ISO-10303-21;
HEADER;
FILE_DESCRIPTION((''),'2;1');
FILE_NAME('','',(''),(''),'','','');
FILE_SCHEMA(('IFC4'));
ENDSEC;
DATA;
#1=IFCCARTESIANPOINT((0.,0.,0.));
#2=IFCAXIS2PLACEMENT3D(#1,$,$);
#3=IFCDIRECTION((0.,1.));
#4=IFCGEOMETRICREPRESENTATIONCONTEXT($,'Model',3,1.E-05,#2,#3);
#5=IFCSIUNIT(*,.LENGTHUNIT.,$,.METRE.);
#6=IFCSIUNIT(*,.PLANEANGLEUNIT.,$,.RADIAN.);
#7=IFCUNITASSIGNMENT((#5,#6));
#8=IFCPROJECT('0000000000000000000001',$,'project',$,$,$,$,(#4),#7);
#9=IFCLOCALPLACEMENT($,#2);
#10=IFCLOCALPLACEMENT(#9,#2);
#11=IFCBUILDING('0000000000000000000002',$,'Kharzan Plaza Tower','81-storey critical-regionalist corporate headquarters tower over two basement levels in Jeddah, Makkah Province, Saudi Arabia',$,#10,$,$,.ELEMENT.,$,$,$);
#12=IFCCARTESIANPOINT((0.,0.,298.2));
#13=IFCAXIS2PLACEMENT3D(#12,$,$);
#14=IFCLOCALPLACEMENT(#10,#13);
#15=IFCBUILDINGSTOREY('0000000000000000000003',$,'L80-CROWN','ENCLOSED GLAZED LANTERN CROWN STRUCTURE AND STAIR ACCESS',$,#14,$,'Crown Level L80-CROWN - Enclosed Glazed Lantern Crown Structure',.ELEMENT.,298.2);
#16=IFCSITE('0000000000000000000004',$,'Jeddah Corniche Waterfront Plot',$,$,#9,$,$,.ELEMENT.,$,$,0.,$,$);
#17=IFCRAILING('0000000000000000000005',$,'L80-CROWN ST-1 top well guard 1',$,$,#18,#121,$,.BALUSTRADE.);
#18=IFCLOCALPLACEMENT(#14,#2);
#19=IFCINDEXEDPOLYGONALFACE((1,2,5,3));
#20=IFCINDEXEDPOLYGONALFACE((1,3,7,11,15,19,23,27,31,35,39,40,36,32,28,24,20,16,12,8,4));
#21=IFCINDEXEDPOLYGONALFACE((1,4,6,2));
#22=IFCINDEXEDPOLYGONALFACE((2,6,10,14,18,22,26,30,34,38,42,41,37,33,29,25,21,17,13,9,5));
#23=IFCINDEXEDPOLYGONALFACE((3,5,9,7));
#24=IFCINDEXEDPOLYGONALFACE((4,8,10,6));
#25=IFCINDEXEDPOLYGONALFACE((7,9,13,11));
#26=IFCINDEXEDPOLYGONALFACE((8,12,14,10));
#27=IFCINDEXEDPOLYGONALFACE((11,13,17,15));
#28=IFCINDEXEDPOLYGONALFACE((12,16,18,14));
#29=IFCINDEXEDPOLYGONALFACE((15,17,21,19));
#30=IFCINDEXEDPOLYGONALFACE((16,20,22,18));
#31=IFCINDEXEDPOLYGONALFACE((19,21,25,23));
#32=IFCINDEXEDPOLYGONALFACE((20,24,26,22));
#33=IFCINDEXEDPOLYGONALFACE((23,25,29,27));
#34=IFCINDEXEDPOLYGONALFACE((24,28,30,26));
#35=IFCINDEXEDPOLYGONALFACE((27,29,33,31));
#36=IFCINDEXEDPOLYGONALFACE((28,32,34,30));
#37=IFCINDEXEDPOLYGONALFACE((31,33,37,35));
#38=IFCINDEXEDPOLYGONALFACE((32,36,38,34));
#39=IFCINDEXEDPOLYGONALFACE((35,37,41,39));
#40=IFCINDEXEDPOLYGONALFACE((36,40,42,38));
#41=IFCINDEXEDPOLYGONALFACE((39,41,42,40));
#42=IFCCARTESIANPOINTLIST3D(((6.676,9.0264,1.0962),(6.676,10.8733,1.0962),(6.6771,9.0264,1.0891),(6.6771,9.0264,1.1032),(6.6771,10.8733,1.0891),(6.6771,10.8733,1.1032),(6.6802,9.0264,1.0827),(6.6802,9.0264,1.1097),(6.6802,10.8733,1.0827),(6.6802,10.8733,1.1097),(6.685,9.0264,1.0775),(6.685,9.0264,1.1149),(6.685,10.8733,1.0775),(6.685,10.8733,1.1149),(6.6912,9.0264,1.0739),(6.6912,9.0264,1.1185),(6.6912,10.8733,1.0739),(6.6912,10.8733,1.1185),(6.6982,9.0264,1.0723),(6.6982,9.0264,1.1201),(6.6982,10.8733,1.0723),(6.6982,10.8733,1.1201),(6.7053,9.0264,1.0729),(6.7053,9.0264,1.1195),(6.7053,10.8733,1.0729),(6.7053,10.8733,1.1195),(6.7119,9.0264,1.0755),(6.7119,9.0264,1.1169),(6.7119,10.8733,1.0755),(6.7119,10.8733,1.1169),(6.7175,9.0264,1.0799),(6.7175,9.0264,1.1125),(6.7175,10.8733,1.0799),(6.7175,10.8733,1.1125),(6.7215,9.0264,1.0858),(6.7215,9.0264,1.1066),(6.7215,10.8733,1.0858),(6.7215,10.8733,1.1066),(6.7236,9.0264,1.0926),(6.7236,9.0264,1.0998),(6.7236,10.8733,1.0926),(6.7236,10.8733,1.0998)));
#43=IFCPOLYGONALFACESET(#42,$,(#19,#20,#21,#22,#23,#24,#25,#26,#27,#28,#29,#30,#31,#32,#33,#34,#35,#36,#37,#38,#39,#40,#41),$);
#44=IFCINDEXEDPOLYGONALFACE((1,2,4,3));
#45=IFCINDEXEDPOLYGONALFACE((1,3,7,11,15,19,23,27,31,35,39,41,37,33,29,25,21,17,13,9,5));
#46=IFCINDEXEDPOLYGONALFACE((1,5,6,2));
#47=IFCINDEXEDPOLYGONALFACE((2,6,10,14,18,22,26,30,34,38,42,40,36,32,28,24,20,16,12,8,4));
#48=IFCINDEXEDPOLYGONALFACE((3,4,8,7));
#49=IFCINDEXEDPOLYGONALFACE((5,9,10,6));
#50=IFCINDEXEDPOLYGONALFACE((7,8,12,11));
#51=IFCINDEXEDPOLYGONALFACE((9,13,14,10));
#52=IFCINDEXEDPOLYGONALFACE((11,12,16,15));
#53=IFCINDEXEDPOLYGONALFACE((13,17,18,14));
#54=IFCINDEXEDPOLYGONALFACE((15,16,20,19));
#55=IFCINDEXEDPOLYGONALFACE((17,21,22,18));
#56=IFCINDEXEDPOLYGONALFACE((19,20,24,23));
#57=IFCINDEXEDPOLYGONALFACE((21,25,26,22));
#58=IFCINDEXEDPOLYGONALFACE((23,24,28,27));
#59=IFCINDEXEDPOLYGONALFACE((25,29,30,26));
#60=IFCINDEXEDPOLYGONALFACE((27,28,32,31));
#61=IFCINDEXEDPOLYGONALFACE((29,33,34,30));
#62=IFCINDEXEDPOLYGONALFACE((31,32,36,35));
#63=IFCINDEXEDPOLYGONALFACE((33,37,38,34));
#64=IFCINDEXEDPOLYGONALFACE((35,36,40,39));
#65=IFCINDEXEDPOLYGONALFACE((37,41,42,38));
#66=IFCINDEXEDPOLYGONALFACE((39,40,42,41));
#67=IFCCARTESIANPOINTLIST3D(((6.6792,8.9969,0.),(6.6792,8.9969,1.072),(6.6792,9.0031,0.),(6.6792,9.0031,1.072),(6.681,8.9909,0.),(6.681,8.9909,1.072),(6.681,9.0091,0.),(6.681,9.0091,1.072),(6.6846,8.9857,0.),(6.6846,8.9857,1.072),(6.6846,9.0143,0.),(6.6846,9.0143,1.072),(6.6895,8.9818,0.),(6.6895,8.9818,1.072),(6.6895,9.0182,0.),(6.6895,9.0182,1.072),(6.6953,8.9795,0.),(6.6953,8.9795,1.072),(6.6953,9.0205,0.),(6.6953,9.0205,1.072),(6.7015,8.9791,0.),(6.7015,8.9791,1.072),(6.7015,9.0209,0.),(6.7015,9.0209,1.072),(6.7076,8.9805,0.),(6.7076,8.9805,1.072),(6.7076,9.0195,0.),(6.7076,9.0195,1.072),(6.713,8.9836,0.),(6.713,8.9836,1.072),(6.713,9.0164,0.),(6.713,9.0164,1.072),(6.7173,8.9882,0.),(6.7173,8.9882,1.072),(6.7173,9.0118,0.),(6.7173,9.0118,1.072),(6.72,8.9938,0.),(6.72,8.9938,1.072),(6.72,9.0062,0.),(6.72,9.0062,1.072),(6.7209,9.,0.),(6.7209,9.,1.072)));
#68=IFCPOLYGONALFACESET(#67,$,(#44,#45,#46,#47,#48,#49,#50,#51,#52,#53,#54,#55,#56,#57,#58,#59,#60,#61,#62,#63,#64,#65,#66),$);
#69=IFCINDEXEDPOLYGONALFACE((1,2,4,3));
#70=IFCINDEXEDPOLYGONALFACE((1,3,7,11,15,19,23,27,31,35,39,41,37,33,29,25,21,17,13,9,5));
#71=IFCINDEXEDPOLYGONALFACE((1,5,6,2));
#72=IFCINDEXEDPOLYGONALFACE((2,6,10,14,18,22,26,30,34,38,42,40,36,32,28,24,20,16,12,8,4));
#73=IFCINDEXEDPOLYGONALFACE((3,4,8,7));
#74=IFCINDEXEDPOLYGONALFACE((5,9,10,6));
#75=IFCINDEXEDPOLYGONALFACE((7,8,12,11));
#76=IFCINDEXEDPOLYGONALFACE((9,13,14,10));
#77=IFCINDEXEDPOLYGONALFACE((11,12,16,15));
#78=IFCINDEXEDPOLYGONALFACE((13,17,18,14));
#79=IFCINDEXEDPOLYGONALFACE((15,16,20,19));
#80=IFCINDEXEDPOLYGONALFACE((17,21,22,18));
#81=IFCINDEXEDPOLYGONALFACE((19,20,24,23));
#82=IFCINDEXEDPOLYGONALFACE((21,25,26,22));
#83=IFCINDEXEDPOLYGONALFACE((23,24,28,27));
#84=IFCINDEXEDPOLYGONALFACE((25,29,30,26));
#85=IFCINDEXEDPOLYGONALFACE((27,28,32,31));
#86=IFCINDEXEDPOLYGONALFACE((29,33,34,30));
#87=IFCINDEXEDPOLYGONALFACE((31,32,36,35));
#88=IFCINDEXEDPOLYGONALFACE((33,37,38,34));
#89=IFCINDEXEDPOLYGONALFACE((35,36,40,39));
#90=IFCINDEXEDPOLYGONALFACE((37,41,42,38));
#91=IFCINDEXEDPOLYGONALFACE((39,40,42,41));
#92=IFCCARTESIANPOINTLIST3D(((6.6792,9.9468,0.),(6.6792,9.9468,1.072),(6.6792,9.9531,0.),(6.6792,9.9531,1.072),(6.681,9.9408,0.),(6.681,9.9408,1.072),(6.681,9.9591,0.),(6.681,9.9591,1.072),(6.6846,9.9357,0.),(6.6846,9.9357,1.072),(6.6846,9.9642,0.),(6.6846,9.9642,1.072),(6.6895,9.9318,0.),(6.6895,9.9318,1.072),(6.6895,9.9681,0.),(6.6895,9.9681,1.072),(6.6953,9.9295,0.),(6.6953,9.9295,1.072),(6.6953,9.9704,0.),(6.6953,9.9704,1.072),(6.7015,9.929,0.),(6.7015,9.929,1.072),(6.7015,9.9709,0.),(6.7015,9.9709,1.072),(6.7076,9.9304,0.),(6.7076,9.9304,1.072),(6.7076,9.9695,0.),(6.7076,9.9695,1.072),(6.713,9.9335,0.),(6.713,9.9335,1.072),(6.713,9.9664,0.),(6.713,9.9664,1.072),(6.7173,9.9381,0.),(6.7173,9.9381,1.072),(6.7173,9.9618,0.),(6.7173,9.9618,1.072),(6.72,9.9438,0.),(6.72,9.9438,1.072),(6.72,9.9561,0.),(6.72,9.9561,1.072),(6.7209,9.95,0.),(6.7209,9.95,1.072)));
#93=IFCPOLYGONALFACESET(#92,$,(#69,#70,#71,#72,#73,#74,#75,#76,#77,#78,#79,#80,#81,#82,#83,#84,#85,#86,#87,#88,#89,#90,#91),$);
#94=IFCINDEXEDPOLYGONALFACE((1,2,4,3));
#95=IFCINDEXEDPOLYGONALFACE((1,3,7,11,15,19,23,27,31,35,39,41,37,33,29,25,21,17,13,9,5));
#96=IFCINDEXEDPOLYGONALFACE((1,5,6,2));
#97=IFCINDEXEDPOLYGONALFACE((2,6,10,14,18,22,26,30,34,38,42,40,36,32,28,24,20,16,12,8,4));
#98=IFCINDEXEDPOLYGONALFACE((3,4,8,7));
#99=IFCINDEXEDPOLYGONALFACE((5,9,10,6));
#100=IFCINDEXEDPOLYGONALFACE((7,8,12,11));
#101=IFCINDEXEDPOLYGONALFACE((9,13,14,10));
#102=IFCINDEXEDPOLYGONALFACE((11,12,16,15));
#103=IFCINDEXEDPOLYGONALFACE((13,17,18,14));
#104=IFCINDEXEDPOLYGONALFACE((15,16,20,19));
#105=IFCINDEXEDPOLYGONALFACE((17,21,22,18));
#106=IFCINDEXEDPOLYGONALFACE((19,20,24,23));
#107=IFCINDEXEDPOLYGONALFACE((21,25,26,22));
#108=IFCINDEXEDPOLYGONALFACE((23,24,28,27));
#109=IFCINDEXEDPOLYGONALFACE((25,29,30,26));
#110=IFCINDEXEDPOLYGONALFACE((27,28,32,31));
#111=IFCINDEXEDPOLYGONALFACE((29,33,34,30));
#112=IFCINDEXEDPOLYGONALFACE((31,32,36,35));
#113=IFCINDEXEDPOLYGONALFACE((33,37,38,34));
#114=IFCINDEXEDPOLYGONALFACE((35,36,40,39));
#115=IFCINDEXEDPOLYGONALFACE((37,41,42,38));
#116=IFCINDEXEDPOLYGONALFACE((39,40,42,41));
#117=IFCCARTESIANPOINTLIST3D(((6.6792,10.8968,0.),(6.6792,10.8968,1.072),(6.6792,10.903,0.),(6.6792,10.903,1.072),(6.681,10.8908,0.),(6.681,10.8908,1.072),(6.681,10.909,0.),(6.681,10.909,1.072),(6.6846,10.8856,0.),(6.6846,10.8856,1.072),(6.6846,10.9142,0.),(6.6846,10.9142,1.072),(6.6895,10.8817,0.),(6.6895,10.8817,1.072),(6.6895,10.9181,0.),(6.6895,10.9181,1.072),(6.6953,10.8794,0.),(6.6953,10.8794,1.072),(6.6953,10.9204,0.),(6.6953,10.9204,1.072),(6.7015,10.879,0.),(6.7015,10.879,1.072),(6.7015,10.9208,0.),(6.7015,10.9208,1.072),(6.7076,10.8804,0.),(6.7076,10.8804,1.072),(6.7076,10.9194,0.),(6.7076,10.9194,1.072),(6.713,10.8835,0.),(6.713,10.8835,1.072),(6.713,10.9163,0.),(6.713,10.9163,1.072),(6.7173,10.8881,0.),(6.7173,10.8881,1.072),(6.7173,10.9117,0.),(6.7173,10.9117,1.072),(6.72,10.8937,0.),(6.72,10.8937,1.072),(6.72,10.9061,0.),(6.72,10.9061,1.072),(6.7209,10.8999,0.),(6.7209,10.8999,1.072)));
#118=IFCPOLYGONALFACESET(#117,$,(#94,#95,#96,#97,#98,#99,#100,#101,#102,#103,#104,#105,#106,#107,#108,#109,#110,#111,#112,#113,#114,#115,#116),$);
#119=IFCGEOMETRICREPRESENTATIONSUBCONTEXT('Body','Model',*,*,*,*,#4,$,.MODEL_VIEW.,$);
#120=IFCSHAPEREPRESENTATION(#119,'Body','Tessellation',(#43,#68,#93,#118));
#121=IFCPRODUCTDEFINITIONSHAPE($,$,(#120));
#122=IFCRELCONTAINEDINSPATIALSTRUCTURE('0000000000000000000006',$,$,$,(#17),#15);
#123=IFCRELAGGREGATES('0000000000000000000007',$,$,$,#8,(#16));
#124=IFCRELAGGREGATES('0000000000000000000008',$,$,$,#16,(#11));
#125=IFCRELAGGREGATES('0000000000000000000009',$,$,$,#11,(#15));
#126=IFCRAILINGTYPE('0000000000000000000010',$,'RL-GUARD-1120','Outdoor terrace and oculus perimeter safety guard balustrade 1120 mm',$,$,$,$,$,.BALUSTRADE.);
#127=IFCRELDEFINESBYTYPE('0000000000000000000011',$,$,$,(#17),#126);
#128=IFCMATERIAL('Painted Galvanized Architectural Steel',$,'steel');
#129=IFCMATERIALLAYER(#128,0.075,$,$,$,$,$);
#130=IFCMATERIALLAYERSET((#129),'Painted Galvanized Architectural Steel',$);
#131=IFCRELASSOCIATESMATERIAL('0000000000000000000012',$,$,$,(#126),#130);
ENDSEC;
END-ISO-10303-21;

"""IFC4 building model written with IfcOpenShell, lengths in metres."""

from ifc_helpers import new_model, si_unit, direction, frame, origin, origin_2d, place, context, subcontext, project, spatial, circle, extrude, source, transform, mapped, material, layer, layer_set, type_object, element, save


model = new_model("IFC4")

# Units and contexts
model_context = context("Model", 3, precision=1e-05, world=origin(), true_north=direction((0.0, 1.0)))
body_context = subcontext(model_context, "Body", "Model", "MODEL_VIEW")
ifc_project = project(units=[si_unit("LENGTHUNIT", "METRE"), si_unit("PLANEANGLEUNIT", "RADIAN")], contexts=[model_context])

# Site, building, storey
site_placement = place(None, origin())
site = spatial("IfcSite", under=ifc_project, at=site_placement, Name="Jeddah Corniche Waterfront Plot", CompositionType="ELEMENT", RefElevation=0.0)
building_placement = place(site_placement, origin())
building = spatial("IfcBuilding", under=site, at=building_placement, Name="Kharzan Plaza Tower", Description="81-storey critical-regionalist corporate headquarters tower over two basement levels in Jeddah, Makkah Province, Saudi Arabia", CompositionType="ELEMENT")
storey_placement = place(building_placement, frame((0.0, 0.0, 298.2)))
storey = spatial("IfcBuildingStorey", under=building, at=storey_placement, Name="L80-CROWN", Description="ENCLOSED GLAZED LANTERN CROWN STRUCTURE AND STAIR ACCESS", LongName="Crown Level L80-CROWN - Enclosed Glazed Lantern Crown Structure", CompositionType="ELEMENT", Elevation=298.2)

# Railing
ifc_material_1 = material(Name="Painted Galvanized Architectural Steel", Category="steel")
ifc_layer_1 = layer(ifc_material_1, 0.075)
ifc_layer_set_1 = layer_set([ifc_layer_1], Name="Painted Galvanized Architectural Steel")
railing_type = type_object("IfcRailingType", Name="RL-GUARD-1120", Description="Outdoor terrace and oculus perimeter safety guard balustrade 1120 mm", PredefinedType="BALUSTRADE", material=ifc_layer_set_1)
shared_shape_1 = source(origin(), body_context, "Body", "SweptSolid", [
    extrude(circle(Radius=0.0239, at=origin_2d()), frame((0.0, 0.0264, 1.0962), z_axis=(0.0, 1.0, 0.0), x_axis=(-1.0, 0.0, 0.0)), (0.0, 0.0, 1.0), 1.8469),
    extrude(circle(Radius=0.021, at=origin_2d()), origin(), (0.0, 0.0, 1.0), 1.072),
    extrude(circle(Radius=0.021, at=origin_2d()), frame((0.0, 0.95, 0.0)), (0.0, 0.0, 1.0), 1.072),
    extrude(circle(Radius=0.021, at=origin_2d()), frame((0.0, 1.8999, 0.0)), (0.0, 0.0, 1.0), 1.072),
])
railing_placement = place(storey_placement, frame((6.7, 9.0, 0.0)))
element("IfcRailing", 1, at=railing_placement, inside=storey, type_object=railing_type, Name="L80-CROWN ST-1 top well guard 1", PredefinedType="BALUSTRADE", context=body_context, shape_type="MappedRepresentation", body=[
    mapped(shared_shape_1, transform((0.0, 0.0, 0.0), x_axis=(1.0, 0.0, 0.0), y_axis=(0.0, 1.0, 0.0), z_axis=(0.0, 0.0, 1.0))),
])

save(model, "model.ifc")
